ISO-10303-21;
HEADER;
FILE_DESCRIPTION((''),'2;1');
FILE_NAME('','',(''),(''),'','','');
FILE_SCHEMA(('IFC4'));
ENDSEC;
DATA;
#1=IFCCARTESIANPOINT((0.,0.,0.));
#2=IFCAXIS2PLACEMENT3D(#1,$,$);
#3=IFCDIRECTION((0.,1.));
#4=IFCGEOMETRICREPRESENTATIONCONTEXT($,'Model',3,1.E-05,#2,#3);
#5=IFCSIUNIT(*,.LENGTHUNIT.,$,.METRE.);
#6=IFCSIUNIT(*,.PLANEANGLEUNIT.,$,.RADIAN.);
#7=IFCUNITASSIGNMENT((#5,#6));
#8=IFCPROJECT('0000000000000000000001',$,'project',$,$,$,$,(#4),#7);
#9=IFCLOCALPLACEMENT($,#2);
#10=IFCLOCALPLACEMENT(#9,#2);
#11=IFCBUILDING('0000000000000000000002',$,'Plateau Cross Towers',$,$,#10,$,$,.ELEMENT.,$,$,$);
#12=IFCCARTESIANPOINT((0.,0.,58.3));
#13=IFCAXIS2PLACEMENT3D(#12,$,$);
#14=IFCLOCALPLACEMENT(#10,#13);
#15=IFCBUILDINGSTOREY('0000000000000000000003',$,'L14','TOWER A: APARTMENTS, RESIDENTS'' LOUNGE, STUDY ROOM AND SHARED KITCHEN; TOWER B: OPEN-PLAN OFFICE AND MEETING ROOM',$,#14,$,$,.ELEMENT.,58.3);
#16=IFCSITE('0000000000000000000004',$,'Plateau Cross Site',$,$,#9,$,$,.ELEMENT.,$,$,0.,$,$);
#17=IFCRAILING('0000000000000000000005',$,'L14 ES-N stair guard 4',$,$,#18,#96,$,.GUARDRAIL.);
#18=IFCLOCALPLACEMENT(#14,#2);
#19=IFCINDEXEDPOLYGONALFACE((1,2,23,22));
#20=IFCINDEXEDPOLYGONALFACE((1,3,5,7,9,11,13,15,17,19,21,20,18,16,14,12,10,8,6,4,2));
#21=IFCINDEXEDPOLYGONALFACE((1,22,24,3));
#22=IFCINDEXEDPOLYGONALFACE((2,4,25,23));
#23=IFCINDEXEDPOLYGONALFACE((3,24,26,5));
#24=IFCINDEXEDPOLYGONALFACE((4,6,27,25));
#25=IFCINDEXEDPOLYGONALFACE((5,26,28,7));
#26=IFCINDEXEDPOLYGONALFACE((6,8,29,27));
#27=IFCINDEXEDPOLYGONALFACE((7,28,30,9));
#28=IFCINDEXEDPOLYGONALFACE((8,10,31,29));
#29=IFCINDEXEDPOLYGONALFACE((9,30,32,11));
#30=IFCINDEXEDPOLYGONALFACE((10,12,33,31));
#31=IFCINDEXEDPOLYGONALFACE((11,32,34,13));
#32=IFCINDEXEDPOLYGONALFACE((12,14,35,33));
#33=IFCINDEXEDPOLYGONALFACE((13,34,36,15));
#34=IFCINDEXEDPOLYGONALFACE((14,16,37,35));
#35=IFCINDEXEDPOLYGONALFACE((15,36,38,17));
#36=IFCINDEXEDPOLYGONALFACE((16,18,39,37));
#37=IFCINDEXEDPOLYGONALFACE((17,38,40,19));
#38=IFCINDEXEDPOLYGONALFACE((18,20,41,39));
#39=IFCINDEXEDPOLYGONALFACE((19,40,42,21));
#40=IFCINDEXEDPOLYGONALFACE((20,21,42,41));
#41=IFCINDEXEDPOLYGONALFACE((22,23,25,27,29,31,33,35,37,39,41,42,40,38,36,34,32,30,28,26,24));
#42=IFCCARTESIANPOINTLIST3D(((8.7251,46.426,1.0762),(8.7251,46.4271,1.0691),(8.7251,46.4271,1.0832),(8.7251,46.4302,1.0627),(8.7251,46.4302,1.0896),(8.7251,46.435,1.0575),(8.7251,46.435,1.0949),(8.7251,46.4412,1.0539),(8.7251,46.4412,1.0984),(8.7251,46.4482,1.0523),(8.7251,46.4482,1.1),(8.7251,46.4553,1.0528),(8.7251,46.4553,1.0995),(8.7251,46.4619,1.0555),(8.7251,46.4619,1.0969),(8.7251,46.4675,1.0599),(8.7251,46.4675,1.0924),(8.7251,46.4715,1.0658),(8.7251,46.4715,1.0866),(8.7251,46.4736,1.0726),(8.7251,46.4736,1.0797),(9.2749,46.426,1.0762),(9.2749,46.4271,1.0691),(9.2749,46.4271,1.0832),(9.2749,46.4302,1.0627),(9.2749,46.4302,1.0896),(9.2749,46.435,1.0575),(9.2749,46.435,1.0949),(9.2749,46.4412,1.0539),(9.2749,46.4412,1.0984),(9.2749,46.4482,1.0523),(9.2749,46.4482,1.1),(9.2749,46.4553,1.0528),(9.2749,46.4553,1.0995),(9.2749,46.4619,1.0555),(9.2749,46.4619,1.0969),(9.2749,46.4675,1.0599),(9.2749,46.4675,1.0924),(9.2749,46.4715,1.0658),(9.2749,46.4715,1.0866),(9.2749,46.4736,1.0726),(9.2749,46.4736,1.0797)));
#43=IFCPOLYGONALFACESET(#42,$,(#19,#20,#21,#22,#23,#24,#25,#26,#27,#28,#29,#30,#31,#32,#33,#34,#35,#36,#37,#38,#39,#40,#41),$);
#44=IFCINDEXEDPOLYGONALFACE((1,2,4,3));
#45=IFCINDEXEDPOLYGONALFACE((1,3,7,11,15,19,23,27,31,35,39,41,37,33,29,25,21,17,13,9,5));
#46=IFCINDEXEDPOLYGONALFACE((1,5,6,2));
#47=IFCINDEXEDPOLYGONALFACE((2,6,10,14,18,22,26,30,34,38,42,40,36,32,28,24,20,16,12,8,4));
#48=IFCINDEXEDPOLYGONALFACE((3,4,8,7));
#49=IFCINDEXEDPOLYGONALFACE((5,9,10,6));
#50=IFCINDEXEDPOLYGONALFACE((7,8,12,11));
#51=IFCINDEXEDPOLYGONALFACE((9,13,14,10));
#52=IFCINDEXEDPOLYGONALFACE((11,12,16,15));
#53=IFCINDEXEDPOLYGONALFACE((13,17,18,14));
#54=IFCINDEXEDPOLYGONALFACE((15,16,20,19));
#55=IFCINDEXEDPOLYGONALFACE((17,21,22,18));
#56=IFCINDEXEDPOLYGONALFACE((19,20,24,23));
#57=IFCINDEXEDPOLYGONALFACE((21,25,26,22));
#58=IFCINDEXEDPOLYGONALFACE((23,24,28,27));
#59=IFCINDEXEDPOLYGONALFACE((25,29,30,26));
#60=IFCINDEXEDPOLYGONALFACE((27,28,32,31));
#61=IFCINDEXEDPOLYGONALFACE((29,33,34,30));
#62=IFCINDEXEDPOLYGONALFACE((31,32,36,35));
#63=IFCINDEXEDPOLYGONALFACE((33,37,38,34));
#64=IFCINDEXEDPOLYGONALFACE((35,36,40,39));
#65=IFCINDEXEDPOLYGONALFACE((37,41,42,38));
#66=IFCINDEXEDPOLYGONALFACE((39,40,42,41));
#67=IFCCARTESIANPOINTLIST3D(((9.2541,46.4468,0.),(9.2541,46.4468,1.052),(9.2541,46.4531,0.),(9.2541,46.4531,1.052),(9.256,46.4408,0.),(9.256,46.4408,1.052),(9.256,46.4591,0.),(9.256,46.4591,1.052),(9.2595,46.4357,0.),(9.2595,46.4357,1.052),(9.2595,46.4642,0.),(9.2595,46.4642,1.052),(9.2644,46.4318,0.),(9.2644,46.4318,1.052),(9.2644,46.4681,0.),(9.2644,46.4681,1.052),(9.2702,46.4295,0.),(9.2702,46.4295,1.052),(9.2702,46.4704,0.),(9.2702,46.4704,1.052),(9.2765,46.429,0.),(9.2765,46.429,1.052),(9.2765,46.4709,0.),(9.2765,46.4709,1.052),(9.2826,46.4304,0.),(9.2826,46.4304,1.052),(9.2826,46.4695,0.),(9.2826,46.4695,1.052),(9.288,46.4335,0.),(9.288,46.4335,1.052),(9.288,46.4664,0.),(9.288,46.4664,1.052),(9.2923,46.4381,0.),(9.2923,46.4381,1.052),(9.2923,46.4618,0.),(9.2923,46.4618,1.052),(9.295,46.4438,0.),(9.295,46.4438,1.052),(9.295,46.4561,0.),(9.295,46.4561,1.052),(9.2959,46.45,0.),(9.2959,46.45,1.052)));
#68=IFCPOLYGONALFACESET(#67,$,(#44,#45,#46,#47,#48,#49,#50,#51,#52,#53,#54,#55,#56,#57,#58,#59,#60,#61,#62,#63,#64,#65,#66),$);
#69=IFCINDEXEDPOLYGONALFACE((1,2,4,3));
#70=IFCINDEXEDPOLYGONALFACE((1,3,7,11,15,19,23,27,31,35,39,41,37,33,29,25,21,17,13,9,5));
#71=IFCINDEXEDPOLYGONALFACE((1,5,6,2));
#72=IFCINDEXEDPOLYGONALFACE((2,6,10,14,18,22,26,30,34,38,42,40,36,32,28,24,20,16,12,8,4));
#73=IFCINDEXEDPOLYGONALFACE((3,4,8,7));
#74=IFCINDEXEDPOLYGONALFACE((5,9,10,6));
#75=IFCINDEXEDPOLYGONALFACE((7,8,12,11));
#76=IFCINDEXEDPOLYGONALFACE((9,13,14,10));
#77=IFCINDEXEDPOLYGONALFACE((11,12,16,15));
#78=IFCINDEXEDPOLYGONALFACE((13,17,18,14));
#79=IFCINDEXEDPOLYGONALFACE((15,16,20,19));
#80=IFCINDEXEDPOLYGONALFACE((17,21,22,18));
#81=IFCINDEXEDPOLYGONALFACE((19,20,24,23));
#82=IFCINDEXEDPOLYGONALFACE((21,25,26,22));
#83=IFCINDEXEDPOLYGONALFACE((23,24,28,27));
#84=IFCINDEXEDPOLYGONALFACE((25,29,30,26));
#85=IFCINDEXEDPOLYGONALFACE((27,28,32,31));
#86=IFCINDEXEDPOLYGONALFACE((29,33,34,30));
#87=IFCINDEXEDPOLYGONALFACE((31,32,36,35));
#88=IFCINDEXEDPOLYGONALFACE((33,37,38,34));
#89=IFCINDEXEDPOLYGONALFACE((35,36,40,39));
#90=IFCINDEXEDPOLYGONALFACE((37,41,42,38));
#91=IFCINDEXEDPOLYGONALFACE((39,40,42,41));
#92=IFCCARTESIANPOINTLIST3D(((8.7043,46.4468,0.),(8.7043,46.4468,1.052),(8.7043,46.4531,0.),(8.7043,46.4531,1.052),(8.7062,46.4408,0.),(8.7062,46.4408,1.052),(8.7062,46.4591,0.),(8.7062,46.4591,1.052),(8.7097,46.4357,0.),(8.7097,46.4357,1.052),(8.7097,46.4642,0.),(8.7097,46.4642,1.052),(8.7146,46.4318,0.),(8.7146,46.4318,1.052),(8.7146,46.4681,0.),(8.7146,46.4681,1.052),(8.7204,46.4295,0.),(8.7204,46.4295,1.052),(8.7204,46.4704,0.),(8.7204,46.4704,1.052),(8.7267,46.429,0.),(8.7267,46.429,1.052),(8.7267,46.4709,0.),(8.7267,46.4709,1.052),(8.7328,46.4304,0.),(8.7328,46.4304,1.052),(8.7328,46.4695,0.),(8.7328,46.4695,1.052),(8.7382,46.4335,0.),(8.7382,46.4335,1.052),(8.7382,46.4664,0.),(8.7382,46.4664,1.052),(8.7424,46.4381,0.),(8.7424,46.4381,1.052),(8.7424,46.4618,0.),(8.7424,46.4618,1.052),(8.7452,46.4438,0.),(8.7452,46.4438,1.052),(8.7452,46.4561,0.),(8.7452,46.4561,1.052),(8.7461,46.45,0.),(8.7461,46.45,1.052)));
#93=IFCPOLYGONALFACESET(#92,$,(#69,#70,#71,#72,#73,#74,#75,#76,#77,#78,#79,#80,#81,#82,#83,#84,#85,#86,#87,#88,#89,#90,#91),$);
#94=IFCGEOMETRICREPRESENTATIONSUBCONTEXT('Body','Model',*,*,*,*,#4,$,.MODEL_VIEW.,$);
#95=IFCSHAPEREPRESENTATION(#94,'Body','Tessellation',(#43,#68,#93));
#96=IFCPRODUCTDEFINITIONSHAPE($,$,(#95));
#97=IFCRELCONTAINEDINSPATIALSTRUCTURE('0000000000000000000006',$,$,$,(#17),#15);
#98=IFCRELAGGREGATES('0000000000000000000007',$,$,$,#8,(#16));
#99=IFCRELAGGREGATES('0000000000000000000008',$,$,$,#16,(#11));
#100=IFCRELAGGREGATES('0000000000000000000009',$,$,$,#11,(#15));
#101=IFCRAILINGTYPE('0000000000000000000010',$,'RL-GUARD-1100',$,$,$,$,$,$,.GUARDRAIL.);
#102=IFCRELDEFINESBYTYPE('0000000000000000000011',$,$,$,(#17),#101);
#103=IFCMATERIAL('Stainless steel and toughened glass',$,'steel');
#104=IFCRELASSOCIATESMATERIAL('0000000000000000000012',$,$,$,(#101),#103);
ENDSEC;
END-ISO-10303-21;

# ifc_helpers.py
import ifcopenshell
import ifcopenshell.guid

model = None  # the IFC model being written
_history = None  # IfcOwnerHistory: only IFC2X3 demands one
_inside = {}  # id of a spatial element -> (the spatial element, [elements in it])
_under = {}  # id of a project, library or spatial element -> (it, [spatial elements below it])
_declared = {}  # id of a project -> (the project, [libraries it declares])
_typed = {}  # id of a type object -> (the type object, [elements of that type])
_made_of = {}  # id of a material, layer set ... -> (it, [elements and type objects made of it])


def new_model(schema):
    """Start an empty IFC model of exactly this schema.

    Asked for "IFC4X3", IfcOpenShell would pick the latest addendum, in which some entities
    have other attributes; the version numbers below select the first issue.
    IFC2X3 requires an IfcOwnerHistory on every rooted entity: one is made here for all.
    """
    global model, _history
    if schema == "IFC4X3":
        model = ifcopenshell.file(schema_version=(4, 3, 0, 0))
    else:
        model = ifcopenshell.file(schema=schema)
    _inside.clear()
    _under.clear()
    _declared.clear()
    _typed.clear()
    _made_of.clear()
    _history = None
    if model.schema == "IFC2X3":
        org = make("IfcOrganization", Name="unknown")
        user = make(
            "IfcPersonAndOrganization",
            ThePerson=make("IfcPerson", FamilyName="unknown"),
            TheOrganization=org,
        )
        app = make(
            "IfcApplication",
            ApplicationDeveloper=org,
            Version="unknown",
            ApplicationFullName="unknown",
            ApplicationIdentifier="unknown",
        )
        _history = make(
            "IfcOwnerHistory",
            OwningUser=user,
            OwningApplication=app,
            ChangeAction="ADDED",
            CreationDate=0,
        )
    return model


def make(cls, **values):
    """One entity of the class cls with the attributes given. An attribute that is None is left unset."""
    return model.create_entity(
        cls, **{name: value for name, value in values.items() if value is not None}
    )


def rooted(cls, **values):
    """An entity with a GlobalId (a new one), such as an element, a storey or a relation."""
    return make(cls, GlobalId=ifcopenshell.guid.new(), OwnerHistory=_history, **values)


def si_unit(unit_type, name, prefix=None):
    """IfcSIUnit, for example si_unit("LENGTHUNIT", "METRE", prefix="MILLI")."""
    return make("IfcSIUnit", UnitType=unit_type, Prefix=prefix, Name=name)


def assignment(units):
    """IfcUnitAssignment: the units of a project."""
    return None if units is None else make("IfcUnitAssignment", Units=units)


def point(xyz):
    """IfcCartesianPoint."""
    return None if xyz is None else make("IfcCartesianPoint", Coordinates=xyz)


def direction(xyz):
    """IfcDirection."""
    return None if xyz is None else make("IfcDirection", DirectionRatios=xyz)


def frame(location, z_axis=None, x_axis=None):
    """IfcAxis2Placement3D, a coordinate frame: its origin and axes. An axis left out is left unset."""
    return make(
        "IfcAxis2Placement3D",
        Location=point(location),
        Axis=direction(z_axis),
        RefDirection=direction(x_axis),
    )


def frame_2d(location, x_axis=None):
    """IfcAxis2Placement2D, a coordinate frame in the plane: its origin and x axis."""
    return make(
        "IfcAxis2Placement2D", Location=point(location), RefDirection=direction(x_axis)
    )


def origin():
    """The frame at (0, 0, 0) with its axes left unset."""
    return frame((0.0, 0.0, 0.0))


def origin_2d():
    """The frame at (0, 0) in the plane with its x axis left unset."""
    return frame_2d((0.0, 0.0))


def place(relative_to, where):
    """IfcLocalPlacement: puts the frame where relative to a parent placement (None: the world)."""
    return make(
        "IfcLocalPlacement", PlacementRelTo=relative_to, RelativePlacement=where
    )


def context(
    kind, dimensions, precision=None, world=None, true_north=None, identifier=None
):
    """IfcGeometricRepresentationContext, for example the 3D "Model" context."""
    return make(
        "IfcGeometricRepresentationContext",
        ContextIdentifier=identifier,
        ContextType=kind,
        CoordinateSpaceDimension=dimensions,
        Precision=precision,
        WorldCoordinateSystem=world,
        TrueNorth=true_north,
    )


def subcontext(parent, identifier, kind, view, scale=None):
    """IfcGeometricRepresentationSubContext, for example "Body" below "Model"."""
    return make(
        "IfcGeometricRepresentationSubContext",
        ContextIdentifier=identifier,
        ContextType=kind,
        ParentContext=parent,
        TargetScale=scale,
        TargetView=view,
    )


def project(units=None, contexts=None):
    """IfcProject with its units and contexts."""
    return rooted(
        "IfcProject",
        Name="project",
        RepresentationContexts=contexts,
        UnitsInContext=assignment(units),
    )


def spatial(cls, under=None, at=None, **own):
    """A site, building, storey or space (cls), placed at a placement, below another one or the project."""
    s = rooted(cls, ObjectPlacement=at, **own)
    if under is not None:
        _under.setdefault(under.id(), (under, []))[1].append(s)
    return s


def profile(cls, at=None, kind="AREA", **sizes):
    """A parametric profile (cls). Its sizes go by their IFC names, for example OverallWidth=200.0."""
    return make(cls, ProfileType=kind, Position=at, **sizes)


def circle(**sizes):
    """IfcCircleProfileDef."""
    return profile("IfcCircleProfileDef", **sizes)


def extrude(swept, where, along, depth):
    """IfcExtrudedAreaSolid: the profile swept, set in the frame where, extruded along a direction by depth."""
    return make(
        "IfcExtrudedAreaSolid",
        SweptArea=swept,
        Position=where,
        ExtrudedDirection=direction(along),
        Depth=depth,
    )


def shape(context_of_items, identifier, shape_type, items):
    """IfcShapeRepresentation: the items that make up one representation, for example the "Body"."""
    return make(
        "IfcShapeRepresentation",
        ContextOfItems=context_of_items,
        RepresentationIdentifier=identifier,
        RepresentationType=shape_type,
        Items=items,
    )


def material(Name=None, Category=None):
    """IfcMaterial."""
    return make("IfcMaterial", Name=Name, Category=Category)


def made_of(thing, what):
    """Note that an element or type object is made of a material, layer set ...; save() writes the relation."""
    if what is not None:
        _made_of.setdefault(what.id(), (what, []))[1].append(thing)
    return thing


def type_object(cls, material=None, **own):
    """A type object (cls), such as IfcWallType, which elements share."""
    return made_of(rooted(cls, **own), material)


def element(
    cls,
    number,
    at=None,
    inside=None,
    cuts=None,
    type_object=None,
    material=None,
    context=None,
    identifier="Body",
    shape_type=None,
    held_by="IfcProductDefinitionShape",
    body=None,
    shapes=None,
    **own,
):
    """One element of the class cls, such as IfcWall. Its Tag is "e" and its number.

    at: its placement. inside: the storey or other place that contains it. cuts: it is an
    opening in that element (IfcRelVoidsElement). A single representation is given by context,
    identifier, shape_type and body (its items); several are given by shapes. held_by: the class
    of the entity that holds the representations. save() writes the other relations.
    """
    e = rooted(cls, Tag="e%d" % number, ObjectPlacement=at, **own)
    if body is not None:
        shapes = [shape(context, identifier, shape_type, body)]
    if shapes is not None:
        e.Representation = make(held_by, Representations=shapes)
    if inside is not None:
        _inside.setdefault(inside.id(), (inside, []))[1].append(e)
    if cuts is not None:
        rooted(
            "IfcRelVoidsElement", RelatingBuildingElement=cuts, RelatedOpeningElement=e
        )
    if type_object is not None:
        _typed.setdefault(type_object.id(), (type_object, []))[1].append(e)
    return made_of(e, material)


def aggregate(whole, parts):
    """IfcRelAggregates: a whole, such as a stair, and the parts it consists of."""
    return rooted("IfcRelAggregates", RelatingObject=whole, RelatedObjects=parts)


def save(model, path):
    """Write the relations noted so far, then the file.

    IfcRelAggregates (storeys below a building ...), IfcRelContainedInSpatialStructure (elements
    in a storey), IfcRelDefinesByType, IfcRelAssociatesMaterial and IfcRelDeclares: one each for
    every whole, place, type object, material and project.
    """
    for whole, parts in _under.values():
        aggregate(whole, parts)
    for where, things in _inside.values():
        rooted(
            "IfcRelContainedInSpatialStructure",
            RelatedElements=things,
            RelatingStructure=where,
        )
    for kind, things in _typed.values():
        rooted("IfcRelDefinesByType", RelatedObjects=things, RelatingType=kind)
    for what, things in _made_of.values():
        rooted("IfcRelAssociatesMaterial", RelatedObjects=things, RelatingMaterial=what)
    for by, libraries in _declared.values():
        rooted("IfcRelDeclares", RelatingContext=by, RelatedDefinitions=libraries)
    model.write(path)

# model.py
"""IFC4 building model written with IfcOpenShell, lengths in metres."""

from ifc_helpers import new_model, si_unit, direction, frame, origin, origin_2d, place, context, subcontext, project, spatial, circle, extrude, material, type_object, element, save


model = new_model("IFC4")

# Units and contexts
model_context = context("Model", 3, precision=1e-05, world=origin(), true_north=direction((0.0, 1.0)))
body_context = subcontext(model_context, "Body", "Model", "MODEL_VIEW")
ifc_project = project(units=[si_unit("LENGTHUNIT", "METRE"), si_unit("PLANEANGLEUNIT", "RADIAN")], contexts=[model_context])

# Site, building, storey
site_placement = place(None, origin())
site = spatial("IfcSite", under=ifc_project, at=site_placement, Name="Plateau Cross Site", CompositionType="ELEMENT", RefElevation=0.0)
building_placement = place(site_placement, origin())
building = spatial("IfcBuilding", under=site, at=building_placement, Name="Plateau Cross Towers", CompositionType="ELEMENT")
storey_placement = place(building_placement, frame((0.0, 0.0, 58.3)))
storey = spatial("IfcBuildingStorey", under=building, at=storey_placement, Name="L14", Description="TOWER A: APARTMENTS, RESIDENTS' LOUNGE, STUDY ROOM AND SHARED KITCHEN; TOWER B: OPEN-PLAN OFFICE AND MEETING ROOM", CompositionType="ELEMENT", Elevation=58.3)

# Railing
ifc_material_1 = material(Name="Stainless steel and toughened glass", Category="steel")
railing_type_1 = type_object("IfcRailingType", Name="RL-GUARD-1100", PredefinedType="GUARDRAIL", material=ifc_material_1)
railing_1_placement = place(storey_placement, frame((9.2749, 46.45, 0.0)))
element("IfcRailing", 1, at=railing_1_placement, inside=storey, type_object=railing_type_1, Name="L14 ES-N stair guard 4", PredefinedType="GUARDRAIL", context=body_context, shape_type="SweptSolid", body=[
    extrude(circle(Radius=0.0239, at=origin_2d()), frame((0.0, 0.0, 1.0762), z_axis=(-1.0, 0.0, 0.0), x_axis=(0.0, -1.0, 0.0)), (0.0, 0.0, 1.0), 0.5498),
    extrude(circle(Radius=0.021, at=origin_2d()), origin(), (0.0, 0.0, 1.0), 1.052),
    extrude(circle(Radius=0.021, at=origin_2d()), frame((-0.5498, 0.0, 0.0)), (0.0, 0.0, 1.0), 1.052),
])

save(model, "model.ifc")
